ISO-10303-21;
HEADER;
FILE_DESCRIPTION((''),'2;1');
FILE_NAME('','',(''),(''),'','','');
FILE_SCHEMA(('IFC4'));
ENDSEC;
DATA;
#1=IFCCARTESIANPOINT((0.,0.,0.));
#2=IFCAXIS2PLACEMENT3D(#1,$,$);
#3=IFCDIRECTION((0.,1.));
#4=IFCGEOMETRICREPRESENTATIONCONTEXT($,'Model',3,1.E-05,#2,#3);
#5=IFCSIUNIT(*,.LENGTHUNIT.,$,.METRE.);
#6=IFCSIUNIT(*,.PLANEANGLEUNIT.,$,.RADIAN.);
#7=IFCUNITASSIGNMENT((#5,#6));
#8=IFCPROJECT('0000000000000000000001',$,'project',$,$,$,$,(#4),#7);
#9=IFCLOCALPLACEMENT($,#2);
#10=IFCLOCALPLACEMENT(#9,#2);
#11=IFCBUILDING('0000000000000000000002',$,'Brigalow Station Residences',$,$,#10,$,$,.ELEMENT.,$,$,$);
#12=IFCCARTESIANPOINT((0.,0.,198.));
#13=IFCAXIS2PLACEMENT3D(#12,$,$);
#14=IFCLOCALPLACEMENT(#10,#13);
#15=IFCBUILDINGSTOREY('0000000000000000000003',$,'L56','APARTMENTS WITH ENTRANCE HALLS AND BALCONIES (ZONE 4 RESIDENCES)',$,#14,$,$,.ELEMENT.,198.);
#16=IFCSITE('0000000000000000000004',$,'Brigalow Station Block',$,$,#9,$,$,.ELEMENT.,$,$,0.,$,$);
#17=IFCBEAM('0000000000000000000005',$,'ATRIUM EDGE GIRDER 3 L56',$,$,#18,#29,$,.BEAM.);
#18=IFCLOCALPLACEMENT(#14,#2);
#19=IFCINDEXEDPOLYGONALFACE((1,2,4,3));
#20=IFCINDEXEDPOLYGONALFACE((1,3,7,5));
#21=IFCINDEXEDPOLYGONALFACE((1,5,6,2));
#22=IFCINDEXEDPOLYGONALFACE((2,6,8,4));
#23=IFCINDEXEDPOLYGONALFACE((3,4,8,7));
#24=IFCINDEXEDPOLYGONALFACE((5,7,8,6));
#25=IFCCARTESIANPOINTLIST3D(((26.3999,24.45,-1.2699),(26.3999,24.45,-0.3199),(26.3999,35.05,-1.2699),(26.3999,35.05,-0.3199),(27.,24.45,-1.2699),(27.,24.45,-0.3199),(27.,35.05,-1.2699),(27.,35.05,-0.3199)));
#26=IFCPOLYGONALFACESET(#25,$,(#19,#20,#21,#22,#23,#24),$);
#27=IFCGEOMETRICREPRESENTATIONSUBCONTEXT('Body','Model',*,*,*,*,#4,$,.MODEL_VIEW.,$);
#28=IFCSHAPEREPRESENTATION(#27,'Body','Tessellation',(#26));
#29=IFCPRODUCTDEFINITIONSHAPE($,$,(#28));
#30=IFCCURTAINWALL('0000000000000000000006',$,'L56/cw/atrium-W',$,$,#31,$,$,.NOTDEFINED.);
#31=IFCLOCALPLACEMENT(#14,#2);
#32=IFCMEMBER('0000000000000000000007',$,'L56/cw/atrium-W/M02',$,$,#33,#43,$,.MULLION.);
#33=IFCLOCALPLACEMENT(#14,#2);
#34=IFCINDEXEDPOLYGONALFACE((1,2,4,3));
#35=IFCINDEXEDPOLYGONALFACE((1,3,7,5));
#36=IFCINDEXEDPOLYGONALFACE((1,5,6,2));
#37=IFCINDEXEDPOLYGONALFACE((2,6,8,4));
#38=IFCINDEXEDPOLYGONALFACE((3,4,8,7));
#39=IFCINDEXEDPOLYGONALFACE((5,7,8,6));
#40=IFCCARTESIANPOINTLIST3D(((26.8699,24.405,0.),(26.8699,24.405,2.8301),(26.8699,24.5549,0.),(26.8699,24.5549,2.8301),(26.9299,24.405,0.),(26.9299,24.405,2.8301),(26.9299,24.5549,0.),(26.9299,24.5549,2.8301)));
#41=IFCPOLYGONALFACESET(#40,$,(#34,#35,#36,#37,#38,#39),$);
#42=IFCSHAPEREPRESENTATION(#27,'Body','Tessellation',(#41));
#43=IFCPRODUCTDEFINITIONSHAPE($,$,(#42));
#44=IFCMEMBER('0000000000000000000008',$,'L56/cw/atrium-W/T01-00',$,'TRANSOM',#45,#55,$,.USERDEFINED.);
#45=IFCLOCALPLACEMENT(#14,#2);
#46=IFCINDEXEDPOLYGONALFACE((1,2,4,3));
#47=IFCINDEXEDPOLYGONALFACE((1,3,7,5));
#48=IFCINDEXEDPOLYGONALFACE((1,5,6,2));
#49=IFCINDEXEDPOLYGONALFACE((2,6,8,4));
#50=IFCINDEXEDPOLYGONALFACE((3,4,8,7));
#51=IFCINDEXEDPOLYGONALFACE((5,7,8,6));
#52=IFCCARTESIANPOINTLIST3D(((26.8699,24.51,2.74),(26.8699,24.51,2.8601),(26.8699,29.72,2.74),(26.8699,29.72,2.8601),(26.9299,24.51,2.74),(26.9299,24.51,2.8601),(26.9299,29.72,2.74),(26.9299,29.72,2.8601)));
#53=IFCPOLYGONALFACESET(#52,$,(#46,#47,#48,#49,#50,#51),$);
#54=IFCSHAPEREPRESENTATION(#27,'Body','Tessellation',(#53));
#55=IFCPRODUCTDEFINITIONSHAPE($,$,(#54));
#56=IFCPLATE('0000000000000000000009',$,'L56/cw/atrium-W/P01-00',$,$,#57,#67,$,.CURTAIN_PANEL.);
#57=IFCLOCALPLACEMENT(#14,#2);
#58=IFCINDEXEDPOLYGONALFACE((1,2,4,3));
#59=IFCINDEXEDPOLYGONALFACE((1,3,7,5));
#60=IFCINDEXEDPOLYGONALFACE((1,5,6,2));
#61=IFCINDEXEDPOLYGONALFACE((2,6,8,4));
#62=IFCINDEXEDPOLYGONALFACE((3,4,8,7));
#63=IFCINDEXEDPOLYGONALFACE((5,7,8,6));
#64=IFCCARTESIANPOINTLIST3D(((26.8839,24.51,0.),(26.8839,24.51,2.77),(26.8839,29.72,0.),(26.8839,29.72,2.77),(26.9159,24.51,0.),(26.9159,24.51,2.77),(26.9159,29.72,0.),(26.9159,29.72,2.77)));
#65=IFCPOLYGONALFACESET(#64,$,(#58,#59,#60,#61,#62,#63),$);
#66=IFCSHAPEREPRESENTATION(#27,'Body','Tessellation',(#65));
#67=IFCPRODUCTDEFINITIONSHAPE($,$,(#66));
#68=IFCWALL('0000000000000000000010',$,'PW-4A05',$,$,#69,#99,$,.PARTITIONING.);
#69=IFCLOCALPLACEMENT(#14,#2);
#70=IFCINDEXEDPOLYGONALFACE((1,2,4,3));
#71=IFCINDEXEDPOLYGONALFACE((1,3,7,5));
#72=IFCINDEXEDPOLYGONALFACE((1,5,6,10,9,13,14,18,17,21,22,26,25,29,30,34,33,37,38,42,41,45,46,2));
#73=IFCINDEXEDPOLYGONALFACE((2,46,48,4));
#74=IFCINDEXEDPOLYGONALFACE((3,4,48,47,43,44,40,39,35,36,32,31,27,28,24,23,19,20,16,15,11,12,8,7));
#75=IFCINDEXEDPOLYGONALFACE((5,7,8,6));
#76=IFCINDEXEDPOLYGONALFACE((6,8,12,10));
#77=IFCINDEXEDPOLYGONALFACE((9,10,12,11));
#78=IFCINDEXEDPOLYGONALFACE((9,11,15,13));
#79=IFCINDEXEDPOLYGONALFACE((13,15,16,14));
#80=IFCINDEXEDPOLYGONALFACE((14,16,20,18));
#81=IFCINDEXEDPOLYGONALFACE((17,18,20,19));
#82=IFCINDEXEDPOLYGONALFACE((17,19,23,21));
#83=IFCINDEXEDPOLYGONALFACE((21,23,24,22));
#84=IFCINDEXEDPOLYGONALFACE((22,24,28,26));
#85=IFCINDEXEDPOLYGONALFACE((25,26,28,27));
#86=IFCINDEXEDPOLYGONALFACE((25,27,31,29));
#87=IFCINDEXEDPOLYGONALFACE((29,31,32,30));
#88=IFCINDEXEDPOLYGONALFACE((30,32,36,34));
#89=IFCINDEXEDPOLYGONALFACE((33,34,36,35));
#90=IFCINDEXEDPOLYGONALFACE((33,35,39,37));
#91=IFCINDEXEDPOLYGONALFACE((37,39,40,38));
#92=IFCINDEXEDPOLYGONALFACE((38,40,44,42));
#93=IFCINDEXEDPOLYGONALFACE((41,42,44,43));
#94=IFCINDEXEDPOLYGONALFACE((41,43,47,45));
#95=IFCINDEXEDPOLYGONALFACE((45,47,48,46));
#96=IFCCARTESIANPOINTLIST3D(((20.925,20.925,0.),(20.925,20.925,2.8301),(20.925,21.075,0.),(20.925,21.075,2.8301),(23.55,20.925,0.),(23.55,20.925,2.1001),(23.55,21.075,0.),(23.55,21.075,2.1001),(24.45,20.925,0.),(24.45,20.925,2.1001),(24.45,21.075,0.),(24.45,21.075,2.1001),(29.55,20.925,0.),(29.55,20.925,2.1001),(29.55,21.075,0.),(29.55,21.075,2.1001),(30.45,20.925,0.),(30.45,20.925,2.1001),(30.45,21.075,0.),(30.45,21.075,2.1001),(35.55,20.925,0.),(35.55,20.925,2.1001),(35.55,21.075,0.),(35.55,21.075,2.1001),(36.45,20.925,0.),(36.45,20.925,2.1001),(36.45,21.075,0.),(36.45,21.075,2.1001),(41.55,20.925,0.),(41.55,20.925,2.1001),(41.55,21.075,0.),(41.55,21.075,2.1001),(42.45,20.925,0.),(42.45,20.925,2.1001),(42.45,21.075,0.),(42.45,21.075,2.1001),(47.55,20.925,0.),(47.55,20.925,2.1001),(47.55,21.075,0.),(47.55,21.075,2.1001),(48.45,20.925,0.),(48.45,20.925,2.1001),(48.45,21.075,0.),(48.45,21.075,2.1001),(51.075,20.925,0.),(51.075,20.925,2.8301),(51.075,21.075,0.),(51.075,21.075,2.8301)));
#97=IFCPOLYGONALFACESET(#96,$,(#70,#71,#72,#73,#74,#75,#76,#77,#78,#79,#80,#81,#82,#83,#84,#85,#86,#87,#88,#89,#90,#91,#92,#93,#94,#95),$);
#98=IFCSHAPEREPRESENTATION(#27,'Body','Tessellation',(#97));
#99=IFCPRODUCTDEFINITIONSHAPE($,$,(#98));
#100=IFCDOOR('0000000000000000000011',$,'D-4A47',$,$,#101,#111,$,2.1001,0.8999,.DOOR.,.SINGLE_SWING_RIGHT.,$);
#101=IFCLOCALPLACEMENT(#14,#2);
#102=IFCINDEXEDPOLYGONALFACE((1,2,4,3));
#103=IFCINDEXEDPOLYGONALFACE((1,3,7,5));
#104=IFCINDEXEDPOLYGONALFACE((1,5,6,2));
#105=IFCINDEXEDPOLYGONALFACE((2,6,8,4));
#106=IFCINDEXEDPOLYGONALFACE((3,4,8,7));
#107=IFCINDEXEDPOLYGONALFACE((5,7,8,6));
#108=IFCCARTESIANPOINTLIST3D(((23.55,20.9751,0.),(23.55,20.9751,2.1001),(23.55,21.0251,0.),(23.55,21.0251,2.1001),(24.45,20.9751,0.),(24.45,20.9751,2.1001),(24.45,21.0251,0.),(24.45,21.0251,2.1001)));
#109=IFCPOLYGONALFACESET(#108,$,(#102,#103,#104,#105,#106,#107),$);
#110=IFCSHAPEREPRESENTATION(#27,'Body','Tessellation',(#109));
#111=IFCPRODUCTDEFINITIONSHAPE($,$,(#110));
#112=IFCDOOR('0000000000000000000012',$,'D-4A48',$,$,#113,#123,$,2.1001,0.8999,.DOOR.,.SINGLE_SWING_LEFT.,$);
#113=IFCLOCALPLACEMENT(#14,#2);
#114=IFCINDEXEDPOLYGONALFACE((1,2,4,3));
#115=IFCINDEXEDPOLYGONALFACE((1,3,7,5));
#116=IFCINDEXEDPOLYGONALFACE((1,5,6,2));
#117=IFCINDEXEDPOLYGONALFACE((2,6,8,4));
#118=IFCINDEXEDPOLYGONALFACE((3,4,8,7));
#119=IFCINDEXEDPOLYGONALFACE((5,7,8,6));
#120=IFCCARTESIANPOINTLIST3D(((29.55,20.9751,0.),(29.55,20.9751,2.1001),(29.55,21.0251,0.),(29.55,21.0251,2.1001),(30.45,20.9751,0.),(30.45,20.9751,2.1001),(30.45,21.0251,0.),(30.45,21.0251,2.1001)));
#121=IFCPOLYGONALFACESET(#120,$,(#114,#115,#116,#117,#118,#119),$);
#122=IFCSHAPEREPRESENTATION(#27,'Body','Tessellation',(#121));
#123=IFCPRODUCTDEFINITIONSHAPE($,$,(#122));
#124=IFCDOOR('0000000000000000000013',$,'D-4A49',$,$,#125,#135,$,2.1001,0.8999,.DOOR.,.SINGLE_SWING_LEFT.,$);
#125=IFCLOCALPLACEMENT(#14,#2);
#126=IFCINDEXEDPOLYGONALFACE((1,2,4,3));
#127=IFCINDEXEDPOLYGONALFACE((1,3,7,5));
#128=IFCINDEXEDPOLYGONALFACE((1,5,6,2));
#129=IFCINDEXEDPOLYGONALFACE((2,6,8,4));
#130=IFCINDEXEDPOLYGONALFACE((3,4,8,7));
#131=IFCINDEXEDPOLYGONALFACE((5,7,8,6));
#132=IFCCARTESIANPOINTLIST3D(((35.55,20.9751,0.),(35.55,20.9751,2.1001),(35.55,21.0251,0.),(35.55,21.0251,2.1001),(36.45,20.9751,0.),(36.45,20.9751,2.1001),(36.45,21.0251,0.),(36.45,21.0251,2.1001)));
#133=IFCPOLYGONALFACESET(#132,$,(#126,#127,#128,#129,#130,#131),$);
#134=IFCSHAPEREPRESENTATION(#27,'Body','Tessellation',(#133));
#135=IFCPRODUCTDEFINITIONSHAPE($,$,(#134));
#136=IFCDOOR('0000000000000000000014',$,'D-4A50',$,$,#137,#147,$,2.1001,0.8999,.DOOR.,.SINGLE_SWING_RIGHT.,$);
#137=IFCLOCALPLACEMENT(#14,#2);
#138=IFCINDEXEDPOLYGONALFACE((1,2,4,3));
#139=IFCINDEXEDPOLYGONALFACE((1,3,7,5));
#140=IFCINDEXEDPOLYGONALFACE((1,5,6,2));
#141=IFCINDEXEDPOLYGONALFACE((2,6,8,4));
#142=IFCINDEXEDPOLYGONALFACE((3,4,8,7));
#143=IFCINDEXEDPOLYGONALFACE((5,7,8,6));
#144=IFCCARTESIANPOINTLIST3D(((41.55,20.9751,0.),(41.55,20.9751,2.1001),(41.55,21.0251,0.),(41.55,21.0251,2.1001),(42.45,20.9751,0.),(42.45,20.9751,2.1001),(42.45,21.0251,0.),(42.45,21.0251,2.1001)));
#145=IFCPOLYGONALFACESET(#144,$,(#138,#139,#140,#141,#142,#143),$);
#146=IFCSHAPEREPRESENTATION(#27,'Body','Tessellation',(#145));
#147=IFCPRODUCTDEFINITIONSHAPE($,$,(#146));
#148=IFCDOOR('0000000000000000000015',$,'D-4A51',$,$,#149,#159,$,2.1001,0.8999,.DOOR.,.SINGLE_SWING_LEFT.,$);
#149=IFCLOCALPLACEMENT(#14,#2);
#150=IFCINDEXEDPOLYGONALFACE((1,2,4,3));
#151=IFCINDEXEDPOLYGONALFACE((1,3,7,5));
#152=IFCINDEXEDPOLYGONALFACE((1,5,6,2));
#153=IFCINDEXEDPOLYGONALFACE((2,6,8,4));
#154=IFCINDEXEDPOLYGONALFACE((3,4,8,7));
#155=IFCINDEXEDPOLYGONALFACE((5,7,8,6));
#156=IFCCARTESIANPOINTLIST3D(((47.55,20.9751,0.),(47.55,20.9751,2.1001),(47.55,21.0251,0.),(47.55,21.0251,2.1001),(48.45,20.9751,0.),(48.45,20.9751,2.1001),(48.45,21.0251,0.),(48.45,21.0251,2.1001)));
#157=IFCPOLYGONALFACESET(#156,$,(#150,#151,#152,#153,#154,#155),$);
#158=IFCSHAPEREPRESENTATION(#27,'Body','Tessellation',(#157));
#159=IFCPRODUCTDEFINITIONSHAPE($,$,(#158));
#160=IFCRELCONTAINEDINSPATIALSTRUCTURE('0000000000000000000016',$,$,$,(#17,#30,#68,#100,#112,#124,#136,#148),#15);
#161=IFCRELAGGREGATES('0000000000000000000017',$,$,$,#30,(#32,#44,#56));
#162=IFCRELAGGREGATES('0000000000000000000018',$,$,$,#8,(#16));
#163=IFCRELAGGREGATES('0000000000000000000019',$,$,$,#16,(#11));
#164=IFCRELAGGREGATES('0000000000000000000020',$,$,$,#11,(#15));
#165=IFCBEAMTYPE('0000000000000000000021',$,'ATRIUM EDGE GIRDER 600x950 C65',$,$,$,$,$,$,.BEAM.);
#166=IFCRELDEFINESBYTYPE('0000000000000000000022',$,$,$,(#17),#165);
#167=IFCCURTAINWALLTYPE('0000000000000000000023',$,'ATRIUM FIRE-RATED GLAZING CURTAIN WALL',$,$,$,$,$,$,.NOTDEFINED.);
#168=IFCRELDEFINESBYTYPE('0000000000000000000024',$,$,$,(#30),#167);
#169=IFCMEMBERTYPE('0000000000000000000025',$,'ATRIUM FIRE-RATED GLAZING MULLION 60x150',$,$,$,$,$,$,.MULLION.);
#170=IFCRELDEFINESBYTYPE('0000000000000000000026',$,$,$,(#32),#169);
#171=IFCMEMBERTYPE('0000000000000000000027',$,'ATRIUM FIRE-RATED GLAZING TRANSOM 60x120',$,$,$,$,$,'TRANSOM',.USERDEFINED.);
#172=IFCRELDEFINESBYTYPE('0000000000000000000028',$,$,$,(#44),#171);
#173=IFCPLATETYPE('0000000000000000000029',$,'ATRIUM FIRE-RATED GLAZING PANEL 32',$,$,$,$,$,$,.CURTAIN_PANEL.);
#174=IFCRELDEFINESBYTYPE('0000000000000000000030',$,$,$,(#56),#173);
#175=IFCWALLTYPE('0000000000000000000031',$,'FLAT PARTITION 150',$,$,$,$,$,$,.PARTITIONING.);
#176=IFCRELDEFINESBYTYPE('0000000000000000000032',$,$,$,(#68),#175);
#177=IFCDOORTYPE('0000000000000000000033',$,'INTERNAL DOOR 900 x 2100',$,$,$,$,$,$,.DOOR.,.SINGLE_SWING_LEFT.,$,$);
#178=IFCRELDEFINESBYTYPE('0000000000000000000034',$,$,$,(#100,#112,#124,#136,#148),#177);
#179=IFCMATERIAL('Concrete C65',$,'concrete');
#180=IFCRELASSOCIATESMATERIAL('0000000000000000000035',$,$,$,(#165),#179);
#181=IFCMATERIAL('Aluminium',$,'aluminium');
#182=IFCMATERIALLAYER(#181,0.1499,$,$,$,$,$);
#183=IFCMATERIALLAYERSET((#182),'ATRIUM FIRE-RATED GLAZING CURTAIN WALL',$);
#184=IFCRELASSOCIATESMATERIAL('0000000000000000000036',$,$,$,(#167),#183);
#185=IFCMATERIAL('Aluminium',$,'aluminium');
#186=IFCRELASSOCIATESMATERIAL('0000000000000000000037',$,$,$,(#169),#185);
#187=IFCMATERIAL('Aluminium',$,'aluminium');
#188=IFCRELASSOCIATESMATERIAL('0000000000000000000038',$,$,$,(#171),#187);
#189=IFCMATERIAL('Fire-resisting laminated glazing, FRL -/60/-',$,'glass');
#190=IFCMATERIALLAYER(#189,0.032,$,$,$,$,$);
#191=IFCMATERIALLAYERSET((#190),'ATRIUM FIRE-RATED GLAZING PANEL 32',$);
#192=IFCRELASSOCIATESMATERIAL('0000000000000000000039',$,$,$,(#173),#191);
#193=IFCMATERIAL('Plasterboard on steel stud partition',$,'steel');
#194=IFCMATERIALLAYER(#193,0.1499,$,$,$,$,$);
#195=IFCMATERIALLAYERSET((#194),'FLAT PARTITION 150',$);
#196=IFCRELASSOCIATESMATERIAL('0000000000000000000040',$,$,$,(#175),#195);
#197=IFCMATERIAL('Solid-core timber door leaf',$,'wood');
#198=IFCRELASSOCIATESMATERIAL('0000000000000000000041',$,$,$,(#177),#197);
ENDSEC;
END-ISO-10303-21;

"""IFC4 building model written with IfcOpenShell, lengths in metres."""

from ifc_helpers import new_model, si_unit, direction, frame, frame_2d, origin, origin_2d, place, context, subcontext, project, spatial, rectangle, extrude, material, layer, layer_set, material_profile, profile_set, type_object, element, fill, aggregate, save


model = new_model("IFC4")

# Units and contexts
model_context = context("Model", 3, precision=1e-05, world=origin(), true_north=direction((0.0, 1.0)))
body_context = subcontext(model_context, "Body", "Model", "MODEL_VIEW")
ifc_project = project(units=[si_unit("LENGTHUNIT", "METRE"), si_unit("PLANEANGLEUNIT", "RADIAN")], contexts=[model_context])

# Site, building, storey
site_placement = place(None, origin())
site = spatial("IfcSite", under=ifc_project, at=site_placement, Name="Brigalow Station Block", CompositionType="ELEMENT", RefElevation=0.0)
building_placement = place(site_placement, origin())
building = spatial("IfcBuilding", under=site, at=building_placement, Name="Brigalow Station Residences", CompositionType="ELEMENT")
storey_placement = place(building_placement, frame((0.0, 0.0, 198.0)))
storey = spatial("IfcBuildingStorey", under=building, at=storey_placement, Name="L56", Description="APARTMENTS WITH ENTRANCE HALLS AND BALCONIES (ZONE 4 RESIDENCES)", CompositionType="ELEMENT", Elevation=198.0)

# Beam
ifc_material_1 = material(Name="Concrete C65", Category="concrete")
ifc_material_profile_1 = material_profile(ifc_material_1, rectangle(XDim=0.6001, YDim=0.95, at=origin_2d()), Name="RC600x950")
ifc_profile_set_1 = profile_set([ifc_material_profile_1], Name="Concrete C65")
beam_type = type_object("IfcBeamType", Name="ATRIUM EDGE GIRDER 600x950 C65", PredefinedType="BEAM", material=ifc_profile_set_1)
beam_placement = place(storey_placement, frame((26.7, 24.45, -0.7949), z_axis=(0.0, 1.0, 0.0), x_axis=(-1.0, 0.0, 0.0)))
element("IfcBeam", 1, at=beam_placement, inside=storey, type_object=beam_type, Name="ATRIUM EDGE GIRDER 3 L56", PredefinedType="BEAM", context=body_context, shape_type="SweptSolid", body=[
    extrude(rectangle(XDim=0.6001, YDim=0.95, at=origin_2d()), origin(), (0.0, 0.0, 1.0), 10.6001),
])

# Curtain wall, members, plate
ifc_material_2 = material(Name="Aluminium", Category="aluminium")
ifc_layer_1 = layer(ifc_material_2, 0.1499)
ifc_layer_set_1 = layer_set([ifc_layer_1], Name="ATRIUM FIRE-RATED GLAZING CURTAIN WALL")
curtain_wall_type = type_object("IfcCurtainWallType", Name="ATRIUM FIRE-RATED GLAZING CURTAIN WALL", PredefinedType="NOTDEFINED", material=ifc_layer_set_1)
curtain_wall_placement = place(storey_placement, origin())
curtain_wall = element("IfcCurtainWall", 2, at=curtain_wall_placement, inside=storey, type_object=curtain_wall_type, Name="L56/cw/atrium-W", PredefinedType="NOTDEFINED")
ifc_material_3 = material(Name="Aluminium", Category="aluminium")
ifc_material_profile_2 = material_profile(ifc_material_3, rectangle(XDim=0.0601, YDim=0.1499, at=origin_2d()), Name="ATRIUM FIRE-RATED GLAZING MULLION 60x150")
ifc_profile_set_2 = profile_set([ifc_material_profile_2], Name="Aluminium")
member_type_1 = type_object("IfcMemberType", Name="ATRIUM FIRE-RATED GLAZING MULLION 60x150", PredefinedType="MULLION", material=ifc_profile_set_2)
member_1_placement = place(storey_placement, frame((26.8999, 24.48, 0.0), z_axis=(0.0, 0.0, 1.0), x_axis=(1.0, 0.0, 0.0)))
member_1 = element("IfcMember", 3, at=member_1_placement, type_object=member_type_1, Name="L56/cw/atrium-W/M02", PredefinedType="MULLION", context=body_context, shape_type="SweptSolid", body=[
    extrude(rectangle(XDim=0.0601, YDim=0.1499, at=origin_2d()), origin(), (0.0, 0.0, 1.0), 2.8301),
])
ifc_material_4 = material(Name="Aluminium", Category="aluminium")
ifc_material_profile_3 = material_profile(ifc_material_4, rectangle(XDim=0.0601, YDim=0.1201, at=origin_2d()), Name="ATRIUM FIRE-RATED GLAZING TRANSOM 60x120")
ifc_profile_set_3 = profile_set([ifc_material_profile_3], Name="Aluminium")
member_type_2 = type_object("IfcMemberType", Name="ATRIUM FIRE-RATED GLAZING TRANSOM 60x120", ElementType="TRANSOM", PredefinedType="USERDEFINED", material=ifc_profile_set_3)
member_2_placement = place(storey_placement, frame((26.8999, 29.72, 2.8), z_axis=(0.0, -1.0, 0.0), x_axis=(1.0, 0.0, 0.0)))
member_2 = element("IfcMember", 4, at=member_2_placement, type_object=member_type_2, Name="L56/cw/atrium-W/T01-00", ObjectType="TRANSOM", PredefinedType="USERDEFINED", context=body_context, shape_type="SweptSolid", body=[
    extrude(rectangle(XDim=0.0601, YDim=0.1201, at=origin_2d()), origin(), (0.0, 0.0, 1.0), 5.21),
])
ifc_material_5 = material(Name="Fire-resisting laminated glazing, FRL -/60/-", Category="glass")
ifc_layer_2 = layer(ifc_material_5, 0.032)
ifc_layer_set_2 = layer_set([ifc_layer_2], Name="ATRIUM FIRE-RATED GLAZING PANEL 32")
plate_type = type_object("IfcPlateType", Name="ATRIUM FIRE-RATED GLAZING PANEL 32", PredefinedType="CURTAIN_PANEL", material=ifc_layer_set_2)
plate_placement = place(storey_placement, frame((26.8999, 27.115, 0.0), z_axis=(0.0, 0.0, 1.0), x_axis=(0.0, -1.0, 0.0)))
plate = element("IfcPlate", 5, at=plate_placement, type_object=plate_type, Name="L56/cw/atrium-W/P01-00", PredefinedType="CURTAIN_PANEL", context=body_context, shape_type="SweptSolid", body=[
    extrude(rectangle(XDim=5.21, YDim=0.032, at=origin_2d()), origin(), (0.0, 0.0, 1.0), 2.77),
])
aggregate(curtain_wall, [member_1, member_2, plate])

# Wall, openings, doors
ifc_material_6 = material(Name="Plasterboard on steel stud partition", Category="steel")
ifc_layer_3 = layer(ifc_material_6, 0.1499)
ifc_layer_set_3 = layer_set([ifc_layer_3], Name="FLAT PARTITION 150")
wall_type_1 = type_object("IfcWallType", Name="FLAT PARTITION 150", PredefinedType="PARTITIONING", material=ifc_layer_set_3)
wall_1_placement = place(storey_placement, frame((20.925, 21.0, 0.0), z_axis=(0.0, 0.0, 1.0), x_axis=(1.0, 0.0, 0.0)))
wall_1 = element("IfcWall", 6, at=wall_1_placement, inside=storey, type_object=wall_type_1, Name="PW-4A05", PredefinedType="PARTITIONING", context=body_context, shape_type="SweptSolid", body=[
    extrude(rectangle(XDim=30.1499, YDim=0.1499, at=frame_2d((15.075, 0.0))), origin(), (0.0, 0.0, 1.0), 2.8301),
])
opening_1_placement = place(wall_1_placement, frame((2.625, 0.0, 0.0)))
opening_1 = element("IfcOpeningElement", 7, at=opening_1_placement, cuts=wall_1, PredefinedType="OPENING", context=body_context, shape_type="SweptSolid", body=[
    extrude(rectangle(XDim=0.8999, YDim=2.1001, at=frame_2d((0.45, 1.05))), frame((0.0, 0.085, 0.0), z_axis=(0.0, -1.0, 0.0), x_axis=(1.0, 0.0, 0.0)), (0.0, 0.0, 1.0), 0.1699),
])
opening_2_placement = place(wall_1_placement, frame((8.625, 0.0, 0.0)))
opening_2 = element("IfcOpeningElement", 8, at=opening_2_placement, cuts=wall_1, PredefinedType="OPENING", context=body_context, shape_type="SweptSolid", body=[
    extrude(rectangle(XDim=0.8999, YDim=2.1001, at=frame_2d((0.45, 1.05))), frame((0.0, 0.085, 0.0), z_axis=(0.0, -1.0, 0.0), x_axis=(1.0, 0.0, 0.0)), (0.0, 0.0, 1.0), 0.1699),
])
opening_3_placement = place(wall_1_placement, frame((14.625, 0.0, 0.0)))
opening_3 = element("IfcOpeningElement", 9, at=opening_3_placement, cuts=wall_1, PredefinedType="OPENING", context=body_context, shape_type="SweptSolid", body=[
    extrude(rectangle(XDim=0.8999, YDim=2.1001, at=frame_2d((0.45, 1.05))), frame((0.0, 0.085, 0.0), z_axis=(0.0, -1.0, 0.0), x_axis=(1.0, 0.0, 0.0)), (0.0, 0.0, 1.0), 0.1699),
])
opening_4_placement = place(wall_1_placement, frame((20.625, 0.0, 0.0)))
opening_4 = element("IfcOpeningElement", 10, at=opening_4_placement, cuts=wall_1, PredefinedType="OPENING", context=body_context, shape_type="SweptSolid", body=[
    extrude(rectangle(XDim=0.8999, YDim=2.1001, at=frame_2d((0.45, 1.05))), frame((0.0, 0.085, 0.0), z_axis=(0.0, -1.0, 0.0), x_axis=(1.0, 0.0, 0.0)), (0.0, 0.0, 1.0), 0.1699),
])
opening_5_placement = place(wall_1_placement, frame((26.625, 0.0, 0.0)))
opening_5 = element("IfcOpeningElement", 11, at=opening_5_placement, cuts=wall_1, PredefinedType="OPENING", context=body_context, shape_type="SweptSolid", body=[
    extrude(rectangle(XDim=0.8999, YDim=2.1001, at=frame_2d((0.45, 1.05))), frame((0.0, 0.085, 0.0), z_axis=(0.0, -1.0, 0.0), x_axis=(1.0, 0.0, 0.0)), (0.0, 0.0, 1.0), 0.1699),
])
ifc_material_7 = material(Name="Solid-core timber door leaf", Category="wood")
door_type_1 = type_object("IfcDoorType", Name="INTERNAL DOOR 900 x 2100", OperationType="SINGLE_SWING_LEFT", PredefinedType="DOOR", material=ifc_material_7)
door_1_placement = place(opening_1_placement, frame((0.8999, 0.0, 0.0), z_axis=(0.0, 0.0, 1.0), x_axis=(-1.0, 0.0, 0.0)))
door_1 = element("IfcDoor", 12, at=door_1_placement, inside=storey, type_object=door_type_1, Name="D-4A47", OperationType="SINGLE_SWING_RIGHT", OverallHeight=2.1001, OverallWidth=0.8999, PredefinedType="DOOR", context=body_context, shape_type="SweptSolid", body=[
    extrude(rectangle(XDim=0.8999, YDim=2.1001, at=frame_2d((0.45, 1.05))), frame((0.0, 0.0249, 0.0), z_axis=(0.0, -1.0, 0.0), x_axis=(1.0, 0.0, 0.0)), (0.0, 0.0, 1.0), 0.05),
])
fill(opening_1, door_1)
door_2_placement = place(opening_2_placement, frame((0.8999, 0.0, 0.0), z_axis=(0.0, 0.0, 1.0), x_axis=(-1.0, 0.0, 0.0)))
door_2 = element("IfcDoor", 13, at=door_2_placement, inside=storey, type_object=door_type_1, Name="D-4A48", OperationType="SINGLE_SWING_LEFT", OverallHeight=2.1001, OverallWidth=0.8999, PredefinedType="DOOR", context=body_context, shape_type="SweptSolid", body=[
    extrude(rectangle(XDim=0.8999, YDim=2.1001, at=frame_2d((0.45, 1.05))), frame((0.0, 0.0249, 0.0), z_axis=(0.0, -1.0, 0.0), x_axis=(1.0, 0.0, 0.0)), (0.0, 0.0, 1.0), 0.05),
])
fill(opening_2, door_2)
door_3_placement = place(opening_3_placement, frame((0.8999, 0.0, 0.0), z_axis=(0.0, 0.0, 1.0), x_axis=(-1.0, 0.0, 0.0)))
door_3 = element("IfcDoor", 14, at=door_3_placement, inside=storey, type_object=door_type_1, Name="D-4A49", OperationType="SINGLE_SWING_LEFT", OverallHeight=2.1001, OverallWidth=0.8999, PredefinedType="DOOR", context=body_context, shape_type="SweptSolid", body=[
    extrude(rectangle(XDim=0.8999, YDim=2.1001, at=frame_2d((0.45, 1.05))), frame((0.0, 0.0249, 0.0), z_axis=(0.0, -1.0, 0.0), x_axis=(1.0, 0.0, 0.0)), (0.0, 0.0, 1.0), 0.05),
])
fill(opening_3, door_3)
door_4_placement = place(opening_4_placement, frame((0.8999, 0.0, 0.0), z_axis=(0.0, 0.0, 1.0), x_axis=(-1.0, 0.0, 0.0)))
door_4 = element("IfcDoor", 15, at=door_4_placement, inside=storey, type_object=door_type_1, Name="D-4A50", OperationType="SINGLE_SWING_RIGHT", OverallHeight=2.1001, OverallWidth=0.8999, PredefinedType="DOOR", context=body_context, shape_type="SweptSolid", body=[
    extrude(rectangle(XDim=0.8999, YDim=2.1001, at=frame_2d((0.45, 1.05))), frame((0.0, 0.0249, 0.0), z_axis=(0.0, -1.0, 0.0), x_axis=(1.0, 0.0, 0.0)), (0.0, 0.0, 1.0), 0.05),
])
fill(opening_4, door_4)
door_5_placement = place(opening_5_placement, frame((0.8999, 0.0, 0.0), z_axis=(0.0, 0.0, 1.0), x_axis=(-1.0, 0.0, 0.0)))
door_5 = element("IfcDoor", 16, at=door_5_placement, inside=storey, type_object=door_type_1, Name="D-4A51", OperationType="SINGLE_SWING_LEFT", OverallHeight=2.1001, OverallWidth=0.8999, PredefinedType="DOOR", context=body_context, shape_type="SweptSolid", body=[
    extrude(rectangle(XDim=0.8999, YDim=2.1001, at=frame_2d((0.45, 1.05))), frame((0.0, 0.0249, 0.0), z_axis=(0.0, -1.0, 0.0), x_axis=(1.0, 0.0, 0.0)), (0.0, 0.0, 1.0), 0.05),
])
fill(opening_5, door_5)

save(model, "model.ifc")
